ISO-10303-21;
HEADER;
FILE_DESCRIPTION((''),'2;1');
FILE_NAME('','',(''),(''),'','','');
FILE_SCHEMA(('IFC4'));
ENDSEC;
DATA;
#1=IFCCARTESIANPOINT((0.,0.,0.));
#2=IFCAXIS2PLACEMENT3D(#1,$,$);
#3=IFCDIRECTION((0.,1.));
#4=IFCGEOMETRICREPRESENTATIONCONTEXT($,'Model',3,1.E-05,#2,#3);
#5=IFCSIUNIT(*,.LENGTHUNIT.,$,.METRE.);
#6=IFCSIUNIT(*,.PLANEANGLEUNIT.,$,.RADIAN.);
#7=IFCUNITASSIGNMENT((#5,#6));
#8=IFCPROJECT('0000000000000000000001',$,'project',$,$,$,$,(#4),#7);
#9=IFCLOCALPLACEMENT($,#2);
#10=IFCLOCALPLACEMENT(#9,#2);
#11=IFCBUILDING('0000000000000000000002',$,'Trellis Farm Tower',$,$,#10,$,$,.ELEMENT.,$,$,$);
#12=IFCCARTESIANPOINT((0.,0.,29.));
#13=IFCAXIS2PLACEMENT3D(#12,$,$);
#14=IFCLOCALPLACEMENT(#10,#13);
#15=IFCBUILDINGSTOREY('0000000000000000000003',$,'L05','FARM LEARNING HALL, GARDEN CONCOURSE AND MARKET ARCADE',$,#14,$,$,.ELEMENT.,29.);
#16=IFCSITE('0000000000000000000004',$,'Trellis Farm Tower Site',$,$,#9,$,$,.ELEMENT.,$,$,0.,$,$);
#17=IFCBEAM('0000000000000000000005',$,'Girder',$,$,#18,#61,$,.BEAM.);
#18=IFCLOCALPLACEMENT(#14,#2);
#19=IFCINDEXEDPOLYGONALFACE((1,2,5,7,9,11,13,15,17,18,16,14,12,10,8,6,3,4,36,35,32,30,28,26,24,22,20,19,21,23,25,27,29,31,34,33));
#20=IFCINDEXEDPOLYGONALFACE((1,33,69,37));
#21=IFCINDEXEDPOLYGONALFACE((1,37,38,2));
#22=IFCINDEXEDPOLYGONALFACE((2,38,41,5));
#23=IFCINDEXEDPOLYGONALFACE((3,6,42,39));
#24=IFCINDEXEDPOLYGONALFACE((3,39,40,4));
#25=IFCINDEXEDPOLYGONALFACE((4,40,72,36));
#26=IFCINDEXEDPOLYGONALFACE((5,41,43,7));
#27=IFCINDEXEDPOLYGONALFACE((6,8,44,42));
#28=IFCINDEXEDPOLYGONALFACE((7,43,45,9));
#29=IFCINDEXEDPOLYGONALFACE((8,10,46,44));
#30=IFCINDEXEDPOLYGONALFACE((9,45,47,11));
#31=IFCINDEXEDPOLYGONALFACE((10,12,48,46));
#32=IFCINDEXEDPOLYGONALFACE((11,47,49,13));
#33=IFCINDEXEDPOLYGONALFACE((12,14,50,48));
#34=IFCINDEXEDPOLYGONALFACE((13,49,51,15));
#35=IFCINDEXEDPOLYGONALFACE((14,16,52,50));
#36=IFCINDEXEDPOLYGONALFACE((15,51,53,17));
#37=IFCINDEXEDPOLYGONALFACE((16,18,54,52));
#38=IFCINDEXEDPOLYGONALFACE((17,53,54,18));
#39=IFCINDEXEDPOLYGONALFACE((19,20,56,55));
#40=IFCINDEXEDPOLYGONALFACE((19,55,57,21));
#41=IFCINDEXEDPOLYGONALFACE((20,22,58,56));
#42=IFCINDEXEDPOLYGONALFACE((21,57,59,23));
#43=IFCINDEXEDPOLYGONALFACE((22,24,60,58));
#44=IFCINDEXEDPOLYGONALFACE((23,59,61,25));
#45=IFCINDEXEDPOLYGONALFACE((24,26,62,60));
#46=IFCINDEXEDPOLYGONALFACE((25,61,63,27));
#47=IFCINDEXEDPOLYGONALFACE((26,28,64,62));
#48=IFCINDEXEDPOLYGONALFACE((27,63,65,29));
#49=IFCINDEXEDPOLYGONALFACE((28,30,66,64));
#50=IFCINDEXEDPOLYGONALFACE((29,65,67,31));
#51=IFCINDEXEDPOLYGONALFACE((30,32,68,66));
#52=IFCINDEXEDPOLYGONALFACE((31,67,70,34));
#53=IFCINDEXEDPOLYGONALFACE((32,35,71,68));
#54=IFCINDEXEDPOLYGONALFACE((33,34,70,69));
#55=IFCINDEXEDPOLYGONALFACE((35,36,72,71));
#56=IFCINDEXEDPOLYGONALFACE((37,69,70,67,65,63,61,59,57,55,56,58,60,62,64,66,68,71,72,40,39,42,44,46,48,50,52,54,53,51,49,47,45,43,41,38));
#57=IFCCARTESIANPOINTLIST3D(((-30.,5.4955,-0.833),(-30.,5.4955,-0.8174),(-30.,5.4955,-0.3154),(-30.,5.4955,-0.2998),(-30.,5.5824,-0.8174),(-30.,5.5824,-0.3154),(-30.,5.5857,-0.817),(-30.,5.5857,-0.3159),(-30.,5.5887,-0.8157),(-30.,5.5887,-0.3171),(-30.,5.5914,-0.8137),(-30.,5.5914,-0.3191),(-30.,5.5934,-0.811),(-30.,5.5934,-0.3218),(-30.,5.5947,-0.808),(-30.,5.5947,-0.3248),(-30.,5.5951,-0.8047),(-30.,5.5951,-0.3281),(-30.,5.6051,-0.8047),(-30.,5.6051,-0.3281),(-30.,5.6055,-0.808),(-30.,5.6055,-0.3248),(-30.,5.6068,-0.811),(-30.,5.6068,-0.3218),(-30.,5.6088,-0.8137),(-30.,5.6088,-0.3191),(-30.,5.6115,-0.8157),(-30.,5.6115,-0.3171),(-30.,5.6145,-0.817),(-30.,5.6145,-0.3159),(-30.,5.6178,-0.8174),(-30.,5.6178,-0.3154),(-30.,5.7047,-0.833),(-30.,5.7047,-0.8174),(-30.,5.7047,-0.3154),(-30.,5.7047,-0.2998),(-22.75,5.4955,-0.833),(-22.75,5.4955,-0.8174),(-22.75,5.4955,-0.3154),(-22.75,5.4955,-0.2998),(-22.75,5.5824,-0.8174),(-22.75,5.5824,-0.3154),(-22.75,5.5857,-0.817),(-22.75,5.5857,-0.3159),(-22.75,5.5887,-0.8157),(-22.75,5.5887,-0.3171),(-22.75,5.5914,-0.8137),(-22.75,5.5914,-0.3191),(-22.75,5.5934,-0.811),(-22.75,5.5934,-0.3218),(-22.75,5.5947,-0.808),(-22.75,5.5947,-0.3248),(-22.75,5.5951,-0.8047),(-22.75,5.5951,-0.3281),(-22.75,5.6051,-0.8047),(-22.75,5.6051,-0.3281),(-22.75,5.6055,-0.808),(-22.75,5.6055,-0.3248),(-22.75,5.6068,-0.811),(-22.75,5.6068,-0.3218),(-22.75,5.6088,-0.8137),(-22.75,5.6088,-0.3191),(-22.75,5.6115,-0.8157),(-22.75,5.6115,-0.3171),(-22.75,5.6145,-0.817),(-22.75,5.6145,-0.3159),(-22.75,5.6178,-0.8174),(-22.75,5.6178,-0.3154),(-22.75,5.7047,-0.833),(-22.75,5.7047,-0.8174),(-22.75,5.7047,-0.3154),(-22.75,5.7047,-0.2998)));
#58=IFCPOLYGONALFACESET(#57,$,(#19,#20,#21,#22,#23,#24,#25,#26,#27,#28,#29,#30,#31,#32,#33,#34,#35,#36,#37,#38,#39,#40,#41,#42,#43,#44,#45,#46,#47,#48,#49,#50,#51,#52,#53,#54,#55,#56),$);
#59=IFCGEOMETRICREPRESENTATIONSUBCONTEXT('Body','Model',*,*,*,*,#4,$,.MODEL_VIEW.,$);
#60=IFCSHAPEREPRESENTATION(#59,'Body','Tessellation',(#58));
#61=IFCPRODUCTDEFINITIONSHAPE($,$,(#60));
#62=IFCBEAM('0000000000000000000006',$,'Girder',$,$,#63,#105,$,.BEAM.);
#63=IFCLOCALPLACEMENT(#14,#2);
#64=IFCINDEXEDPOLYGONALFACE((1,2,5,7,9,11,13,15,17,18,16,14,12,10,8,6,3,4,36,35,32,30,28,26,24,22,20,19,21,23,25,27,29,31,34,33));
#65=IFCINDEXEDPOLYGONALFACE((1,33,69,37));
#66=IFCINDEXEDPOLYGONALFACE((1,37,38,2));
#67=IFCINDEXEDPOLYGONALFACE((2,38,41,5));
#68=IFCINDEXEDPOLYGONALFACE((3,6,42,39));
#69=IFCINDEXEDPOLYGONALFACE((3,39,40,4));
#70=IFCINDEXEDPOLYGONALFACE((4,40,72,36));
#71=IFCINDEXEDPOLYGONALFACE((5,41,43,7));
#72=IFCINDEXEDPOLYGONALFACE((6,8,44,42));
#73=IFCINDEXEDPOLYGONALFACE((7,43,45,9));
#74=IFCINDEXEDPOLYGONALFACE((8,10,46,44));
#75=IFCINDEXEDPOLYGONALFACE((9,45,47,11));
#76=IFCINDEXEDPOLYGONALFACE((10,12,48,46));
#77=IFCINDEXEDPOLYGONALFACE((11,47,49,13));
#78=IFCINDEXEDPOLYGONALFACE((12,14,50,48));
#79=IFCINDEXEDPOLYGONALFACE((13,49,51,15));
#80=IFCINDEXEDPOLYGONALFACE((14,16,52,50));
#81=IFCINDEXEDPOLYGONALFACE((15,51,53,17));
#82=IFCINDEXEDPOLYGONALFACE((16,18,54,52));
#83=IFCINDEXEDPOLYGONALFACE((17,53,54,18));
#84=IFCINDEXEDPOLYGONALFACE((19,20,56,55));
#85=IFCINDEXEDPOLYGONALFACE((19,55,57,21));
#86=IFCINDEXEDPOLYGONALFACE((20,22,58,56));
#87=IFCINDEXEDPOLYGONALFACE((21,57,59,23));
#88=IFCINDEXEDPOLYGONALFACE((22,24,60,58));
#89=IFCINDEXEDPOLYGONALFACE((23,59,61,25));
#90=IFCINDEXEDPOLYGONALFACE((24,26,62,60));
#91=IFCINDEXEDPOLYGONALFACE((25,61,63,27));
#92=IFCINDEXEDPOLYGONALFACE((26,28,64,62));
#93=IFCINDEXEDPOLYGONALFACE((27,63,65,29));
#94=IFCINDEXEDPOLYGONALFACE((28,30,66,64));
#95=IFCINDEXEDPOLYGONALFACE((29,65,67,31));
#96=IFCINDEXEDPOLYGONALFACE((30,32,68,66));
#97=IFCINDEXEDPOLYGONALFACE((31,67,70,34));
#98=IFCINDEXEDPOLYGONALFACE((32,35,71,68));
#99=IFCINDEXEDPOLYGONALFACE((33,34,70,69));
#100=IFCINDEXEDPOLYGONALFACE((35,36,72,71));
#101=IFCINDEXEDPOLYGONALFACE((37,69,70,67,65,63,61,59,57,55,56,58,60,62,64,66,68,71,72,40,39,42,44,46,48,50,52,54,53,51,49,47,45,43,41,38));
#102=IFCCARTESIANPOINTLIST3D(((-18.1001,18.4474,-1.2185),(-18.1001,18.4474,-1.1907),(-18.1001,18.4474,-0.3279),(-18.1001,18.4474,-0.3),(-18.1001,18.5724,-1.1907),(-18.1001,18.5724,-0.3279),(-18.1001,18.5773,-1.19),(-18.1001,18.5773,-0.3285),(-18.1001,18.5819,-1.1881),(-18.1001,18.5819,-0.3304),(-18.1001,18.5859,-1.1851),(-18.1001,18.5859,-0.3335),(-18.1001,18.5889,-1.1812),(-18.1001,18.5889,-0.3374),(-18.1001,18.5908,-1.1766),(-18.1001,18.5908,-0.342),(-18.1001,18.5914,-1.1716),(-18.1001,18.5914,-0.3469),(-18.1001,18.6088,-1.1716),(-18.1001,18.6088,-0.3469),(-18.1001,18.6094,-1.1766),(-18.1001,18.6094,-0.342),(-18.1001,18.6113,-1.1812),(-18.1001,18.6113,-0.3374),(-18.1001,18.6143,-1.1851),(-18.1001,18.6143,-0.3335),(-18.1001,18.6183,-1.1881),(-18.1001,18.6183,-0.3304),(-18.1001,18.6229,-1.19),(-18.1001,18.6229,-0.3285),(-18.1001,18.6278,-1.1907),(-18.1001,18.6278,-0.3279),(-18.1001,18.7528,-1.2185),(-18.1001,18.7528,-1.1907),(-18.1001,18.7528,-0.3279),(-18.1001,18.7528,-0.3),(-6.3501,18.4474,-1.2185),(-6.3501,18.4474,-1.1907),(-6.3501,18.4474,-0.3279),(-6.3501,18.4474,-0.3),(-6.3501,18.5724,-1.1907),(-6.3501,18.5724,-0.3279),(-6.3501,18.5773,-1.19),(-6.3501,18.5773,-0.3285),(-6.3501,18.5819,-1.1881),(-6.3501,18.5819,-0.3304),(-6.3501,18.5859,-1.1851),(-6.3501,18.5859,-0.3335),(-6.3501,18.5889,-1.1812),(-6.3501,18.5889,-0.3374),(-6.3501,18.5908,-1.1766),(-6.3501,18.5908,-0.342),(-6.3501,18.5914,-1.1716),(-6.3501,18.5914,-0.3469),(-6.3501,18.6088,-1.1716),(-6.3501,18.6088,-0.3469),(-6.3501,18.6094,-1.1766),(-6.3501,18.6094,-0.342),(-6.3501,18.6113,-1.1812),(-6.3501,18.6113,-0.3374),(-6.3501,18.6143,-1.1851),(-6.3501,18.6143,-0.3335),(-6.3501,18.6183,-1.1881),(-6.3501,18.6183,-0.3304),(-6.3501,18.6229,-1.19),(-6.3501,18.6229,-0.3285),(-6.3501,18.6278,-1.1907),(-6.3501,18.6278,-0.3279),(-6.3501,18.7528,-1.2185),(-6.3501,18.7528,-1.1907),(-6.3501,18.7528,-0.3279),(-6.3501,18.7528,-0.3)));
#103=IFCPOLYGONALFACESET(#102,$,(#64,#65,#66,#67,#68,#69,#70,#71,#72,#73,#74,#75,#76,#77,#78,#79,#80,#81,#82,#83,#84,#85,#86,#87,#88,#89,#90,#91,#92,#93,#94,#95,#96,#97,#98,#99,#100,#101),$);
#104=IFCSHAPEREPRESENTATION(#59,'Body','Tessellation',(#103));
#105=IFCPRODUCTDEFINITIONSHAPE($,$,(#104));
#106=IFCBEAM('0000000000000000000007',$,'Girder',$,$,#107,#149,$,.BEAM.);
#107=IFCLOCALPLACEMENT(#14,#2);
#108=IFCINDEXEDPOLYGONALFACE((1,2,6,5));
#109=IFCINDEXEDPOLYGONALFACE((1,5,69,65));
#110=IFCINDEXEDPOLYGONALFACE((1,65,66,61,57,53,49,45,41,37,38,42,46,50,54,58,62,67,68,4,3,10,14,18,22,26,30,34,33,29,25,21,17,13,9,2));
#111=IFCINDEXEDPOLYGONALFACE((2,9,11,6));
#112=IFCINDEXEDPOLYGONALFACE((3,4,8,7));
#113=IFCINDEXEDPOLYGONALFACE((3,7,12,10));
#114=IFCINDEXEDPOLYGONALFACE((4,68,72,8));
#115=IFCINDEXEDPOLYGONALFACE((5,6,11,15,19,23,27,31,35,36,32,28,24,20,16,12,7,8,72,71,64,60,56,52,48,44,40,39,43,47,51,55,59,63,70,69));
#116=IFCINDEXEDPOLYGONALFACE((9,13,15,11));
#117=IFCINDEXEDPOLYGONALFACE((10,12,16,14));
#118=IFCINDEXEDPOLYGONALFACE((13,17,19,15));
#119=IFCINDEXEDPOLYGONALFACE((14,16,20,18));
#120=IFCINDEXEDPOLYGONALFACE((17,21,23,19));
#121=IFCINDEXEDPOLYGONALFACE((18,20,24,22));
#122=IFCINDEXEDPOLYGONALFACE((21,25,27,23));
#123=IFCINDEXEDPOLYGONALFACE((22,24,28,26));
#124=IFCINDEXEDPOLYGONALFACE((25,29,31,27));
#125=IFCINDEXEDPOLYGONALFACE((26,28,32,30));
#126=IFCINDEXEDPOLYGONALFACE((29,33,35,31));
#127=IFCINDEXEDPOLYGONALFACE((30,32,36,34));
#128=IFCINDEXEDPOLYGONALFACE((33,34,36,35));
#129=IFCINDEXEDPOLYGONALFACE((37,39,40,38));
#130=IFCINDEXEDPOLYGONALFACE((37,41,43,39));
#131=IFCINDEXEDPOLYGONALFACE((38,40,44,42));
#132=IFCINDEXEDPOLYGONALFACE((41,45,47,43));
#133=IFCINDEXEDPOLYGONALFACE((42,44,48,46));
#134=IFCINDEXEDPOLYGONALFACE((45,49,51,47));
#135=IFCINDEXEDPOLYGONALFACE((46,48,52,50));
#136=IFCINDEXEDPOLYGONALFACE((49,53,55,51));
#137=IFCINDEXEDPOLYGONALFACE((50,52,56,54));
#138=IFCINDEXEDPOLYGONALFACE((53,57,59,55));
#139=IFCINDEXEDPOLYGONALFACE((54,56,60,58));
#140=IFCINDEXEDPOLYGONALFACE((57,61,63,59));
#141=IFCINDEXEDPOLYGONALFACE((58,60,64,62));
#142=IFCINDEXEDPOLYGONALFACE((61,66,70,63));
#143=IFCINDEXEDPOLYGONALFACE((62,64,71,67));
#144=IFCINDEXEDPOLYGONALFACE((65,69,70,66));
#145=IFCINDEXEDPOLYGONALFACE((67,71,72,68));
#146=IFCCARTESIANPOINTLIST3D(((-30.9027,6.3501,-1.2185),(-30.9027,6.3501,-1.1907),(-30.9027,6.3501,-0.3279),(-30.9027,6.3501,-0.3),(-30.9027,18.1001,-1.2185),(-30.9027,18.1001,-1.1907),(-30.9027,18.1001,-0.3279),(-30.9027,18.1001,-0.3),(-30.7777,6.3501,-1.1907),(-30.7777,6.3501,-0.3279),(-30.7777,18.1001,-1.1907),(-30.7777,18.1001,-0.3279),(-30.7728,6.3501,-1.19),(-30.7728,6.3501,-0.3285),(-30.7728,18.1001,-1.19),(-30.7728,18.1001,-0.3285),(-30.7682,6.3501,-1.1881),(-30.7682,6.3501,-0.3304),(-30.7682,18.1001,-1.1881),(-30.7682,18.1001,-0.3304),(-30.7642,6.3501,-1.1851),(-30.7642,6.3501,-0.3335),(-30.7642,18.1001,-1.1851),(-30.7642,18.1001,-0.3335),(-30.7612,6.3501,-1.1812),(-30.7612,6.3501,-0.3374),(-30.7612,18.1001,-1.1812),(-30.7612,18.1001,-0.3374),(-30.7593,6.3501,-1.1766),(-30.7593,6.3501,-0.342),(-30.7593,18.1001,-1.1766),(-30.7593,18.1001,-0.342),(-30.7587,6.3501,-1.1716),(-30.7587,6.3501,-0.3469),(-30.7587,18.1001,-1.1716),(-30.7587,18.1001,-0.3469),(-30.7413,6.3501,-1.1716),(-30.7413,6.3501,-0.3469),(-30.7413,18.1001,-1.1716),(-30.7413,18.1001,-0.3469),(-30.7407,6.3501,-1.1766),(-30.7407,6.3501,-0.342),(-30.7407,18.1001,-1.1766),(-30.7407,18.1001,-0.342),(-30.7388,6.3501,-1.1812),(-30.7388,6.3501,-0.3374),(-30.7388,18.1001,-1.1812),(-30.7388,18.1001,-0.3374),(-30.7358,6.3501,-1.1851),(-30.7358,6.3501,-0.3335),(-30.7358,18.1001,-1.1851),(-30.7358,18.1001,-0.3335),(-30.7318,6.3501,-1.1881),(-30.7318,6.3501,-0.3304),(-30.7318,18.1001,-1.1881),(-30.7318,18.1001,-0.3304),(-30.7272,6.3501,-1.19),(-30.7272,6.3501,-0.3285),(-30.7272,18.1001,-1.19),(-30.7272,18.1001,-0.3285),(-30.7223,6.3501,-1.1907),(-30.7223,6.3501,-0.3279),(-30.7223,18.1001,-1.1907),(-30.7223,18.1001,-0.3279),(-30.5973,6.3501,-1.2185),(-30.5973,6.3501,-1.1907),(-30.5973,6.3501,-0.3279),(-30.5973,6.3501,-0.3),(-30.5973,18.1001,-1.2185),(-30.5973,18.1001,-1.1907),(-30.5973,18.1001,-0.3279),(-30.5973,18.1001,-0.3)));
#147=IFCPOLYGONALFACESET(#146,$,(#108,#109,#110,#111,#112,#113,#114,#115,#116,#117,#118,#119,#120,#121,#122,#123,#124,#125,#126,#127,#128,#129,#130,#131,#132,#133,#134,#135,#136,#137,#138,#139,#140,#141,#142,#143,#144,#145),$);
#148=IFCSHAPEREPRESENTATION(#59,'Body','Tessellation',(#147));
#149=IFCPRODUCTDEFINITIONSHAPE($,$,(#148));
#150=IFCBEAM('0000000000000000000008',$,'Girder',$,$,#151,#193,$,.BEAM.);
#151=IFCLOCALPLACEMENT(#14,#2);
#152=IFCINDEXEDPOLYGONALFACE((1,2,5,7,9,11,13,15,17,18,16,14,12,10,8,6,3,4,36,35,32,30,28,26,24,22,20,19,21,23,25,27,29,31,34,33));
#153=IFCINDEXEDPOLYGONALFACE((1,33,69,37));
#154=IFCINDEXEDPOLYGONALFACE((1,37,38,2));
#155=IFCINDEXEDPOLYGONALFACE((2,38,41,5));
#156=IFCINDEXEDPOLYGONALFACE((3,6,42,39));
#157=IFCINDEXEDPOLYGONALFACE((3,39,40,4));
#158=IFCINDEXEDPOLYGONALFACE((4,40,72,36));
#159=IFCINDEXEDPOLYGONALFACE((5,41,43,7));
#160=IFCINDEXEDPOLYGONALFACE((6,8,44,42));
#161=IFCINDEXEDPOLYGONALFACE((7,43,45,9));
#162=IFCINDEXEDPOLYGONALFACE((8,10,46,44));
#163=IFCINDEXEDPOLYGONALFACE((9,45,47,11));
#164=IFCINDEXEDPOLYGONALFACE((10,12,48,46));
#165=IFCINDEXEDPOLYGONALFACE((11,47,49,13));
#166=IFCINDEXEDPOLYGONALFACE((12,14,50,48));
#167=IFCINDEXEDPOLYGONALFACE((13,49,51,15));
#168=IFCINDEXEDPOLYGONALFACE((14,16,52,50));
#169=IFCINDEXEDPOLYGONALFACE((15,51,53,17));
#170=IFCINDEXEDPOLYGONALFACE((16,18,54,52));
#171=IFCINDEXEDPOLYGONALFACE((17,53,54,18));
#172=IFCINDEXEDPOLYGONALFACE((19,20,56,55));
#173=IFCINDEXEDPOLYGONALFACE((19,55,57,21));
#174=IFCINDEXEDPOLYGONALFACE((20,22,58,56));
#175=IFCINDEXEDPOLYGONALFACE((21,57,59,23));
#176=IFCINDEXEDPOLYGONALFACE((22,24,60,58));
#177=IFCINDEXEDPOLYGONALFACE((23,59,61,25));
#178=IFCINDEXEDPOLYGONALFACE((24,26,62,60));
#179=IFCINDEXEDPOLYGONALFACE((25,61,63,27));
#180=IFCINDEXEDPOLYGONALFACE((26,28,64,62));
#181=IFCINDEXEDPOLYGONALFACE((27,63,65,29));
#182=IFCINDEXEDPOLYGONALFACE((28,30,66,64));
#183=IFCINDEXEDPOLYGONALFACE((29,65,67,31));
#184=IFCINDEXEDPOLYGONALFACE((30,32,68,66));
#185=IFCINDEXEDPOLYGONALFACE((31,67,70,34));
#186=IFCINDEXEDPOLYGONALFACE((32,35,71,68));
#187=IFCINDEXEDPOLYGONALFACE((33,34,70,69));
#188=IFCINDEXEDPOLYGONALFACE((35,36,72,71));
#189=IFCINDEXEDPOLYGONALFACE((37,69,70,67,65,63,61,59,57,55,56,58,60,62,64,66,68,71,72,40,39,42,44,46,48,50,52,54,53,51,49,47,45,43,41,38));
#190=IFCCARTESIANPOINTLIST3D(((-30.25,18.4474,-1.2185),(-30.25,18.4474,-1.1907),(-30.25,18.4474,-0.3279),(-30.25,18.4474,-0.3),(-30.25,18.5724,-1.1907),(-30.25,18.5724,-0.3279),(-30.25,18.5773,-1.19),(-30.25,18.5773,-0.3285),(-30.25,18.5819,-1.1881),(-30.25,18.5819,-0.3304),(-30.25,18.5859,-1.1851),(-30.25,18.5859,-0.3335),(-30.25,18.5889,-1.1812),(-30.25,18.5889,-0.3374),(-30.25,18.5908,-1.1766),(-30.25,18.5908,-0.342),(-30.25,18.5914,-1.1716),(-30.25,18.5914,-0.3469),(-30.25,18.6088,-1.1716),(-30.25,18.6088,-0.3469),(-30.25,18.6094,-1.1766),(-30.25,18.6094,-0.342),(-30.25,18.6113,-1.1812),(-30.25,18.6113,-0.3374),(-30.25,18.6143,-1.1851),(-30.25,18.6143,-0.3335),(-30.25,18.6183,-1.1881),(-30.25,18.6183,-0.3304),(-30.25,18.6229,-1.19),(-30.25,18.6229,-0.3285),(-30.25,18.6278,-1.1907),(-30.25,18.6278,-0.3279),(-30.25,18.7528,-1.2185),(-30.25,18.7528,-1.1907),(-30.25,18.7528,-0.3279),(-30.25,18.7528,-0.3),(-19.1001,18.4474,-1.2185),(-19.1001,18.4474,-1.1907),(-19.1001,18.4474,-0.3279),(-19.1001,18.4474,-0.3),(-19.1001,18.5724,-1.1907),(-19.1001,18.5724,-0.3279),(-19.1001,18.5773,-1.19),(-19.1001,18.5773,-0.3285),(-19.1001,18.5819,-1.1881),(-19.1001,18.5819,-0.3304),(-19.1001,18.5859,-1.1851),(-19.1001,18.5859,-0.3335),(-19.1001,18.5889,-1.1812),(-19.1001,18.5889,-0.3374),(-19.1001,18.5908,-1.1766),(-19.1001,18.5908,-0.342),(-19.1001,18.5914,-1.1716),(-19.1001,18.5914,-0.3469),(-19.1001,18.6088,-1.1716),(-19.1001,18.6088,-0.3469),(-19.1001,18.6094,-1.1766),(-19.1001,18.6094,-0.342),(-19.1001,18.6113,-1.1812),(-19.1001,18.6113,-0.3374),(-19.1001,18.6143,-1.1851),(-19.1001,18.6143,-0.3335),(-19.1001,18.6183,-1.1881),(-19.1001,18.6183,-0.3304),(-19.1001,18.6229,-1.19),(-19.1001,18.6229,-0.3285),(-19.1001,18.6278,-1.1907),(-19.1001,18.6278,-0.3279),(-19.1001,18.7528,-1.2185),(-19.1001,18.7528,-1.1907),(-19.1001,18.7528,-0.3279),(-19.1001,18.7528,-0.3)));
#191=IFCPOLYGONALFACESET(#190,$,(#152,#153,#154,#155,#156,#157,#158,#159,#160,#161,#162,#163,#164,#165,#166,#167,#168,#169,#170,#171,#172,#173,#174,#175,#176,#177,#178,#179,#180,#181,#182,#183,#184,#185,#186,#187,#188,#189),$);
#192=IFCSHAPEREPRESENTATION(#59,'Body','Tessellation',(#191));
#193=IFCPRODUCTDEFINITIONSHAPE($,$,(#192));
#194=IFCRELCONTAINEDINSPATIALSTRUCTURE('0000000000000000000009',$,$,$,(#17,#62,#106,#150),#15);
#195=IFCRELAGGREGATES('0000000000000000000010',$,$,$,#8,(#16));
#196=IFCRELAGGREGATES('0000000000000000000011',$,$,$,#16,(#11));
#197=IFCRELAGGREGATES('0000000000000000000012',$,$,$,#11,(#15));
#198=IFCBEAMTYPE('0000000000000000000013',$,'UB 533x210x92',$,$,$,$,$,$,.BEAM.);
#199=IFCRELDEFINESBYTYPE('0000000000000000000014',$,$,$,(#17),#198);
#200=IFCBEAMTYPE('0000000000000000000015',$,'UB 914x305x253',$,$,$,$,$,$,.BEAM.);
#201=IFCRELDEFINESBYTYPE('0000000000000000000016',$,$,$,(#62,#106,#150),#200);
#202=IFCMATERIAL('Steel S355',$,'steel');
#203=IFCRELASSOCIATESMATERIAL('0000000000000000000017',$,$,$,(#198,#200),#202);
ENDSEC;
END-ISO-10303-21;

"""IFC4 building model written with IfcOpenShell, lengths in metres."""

from ifc_helpers import new_model, si_unit, direction, frame, origin, origin_2d, place, context, subcontext, project, spatial, i_section, extrude, source, transform, mapped, material, material_profile, profile_set, type_object, element, save


model = new_model("IFC4")

# Units and contexts
model_context = context("Model", 3, precision=1e-05, world=origin(), true_north=direction((0.0, 1.0)))
body_context = subcontext(model_context, "Body", "Model", "MODEL_VIEW")
ifc_project = project(units=[si_unit("LENGTHUNIT", "METRE"), si_unit("PLANEANGLEUNIT", "RADIAN")], contexts=[model_context])

# Site, building, storey
site_placement = place(None, origin())
site = spatial("IfcSite", under=ifc_project, at=site_placement, Name="Trellis Farm Tower Site", CompositionType="ELEMENT", RefElevation=0.0)
building_placement = place(site_placement, origin())
building = spatial("IfcBuilding", under=site, at=building_placement, Name="Trellis Farm Tower", CompositionType="ELEMENT")
storey_placement = place(building_placement, frame((0.0, 0.0, 29.0)))
storey = spatial("IfcBuildingStorey", under=building, at=storey_placement, Name="L05", Description="FARM LEARNING HALL, GARDEN CONCOURSE AND MARKET ARCADE", CompositionType="ELEMENT", Elevation=29.0)

# Beams
ifc_material_1 = material(Name="Steel S355", Category="steel")
ifc_material_profile_1 = material_profile(ifc_material_1, i_section(OverallWidth=0.2092, OverallDepth=0.5332, WebThickness=0.01, FlangeThickness=0.0156, FilletRadius=0.0127, at=origin_2d()), Name="UB 533x210x92")
ifc_profile_set_1 = profile_set([ifc_material_profile_1], Name="Steel S355")
beam_type_1 = type_object("IfcBeamType", Name="UB 533x210x92", PredefinedType="BEAM", material=ifc_profile_set_1)
shared_shape_1 = source(origin(), body_context, "Body", "SweptSolid", [
    extrude(i_section(OverallWidth=0.2092, OverallDepth=0.5332, WebThickness=0.01, FlangeThickness=0.0156, FilletRadius=0.0127, at=origin_2d()), origin(), (0.0, 0.0, 1.0), 7.25),
])
beam_1_placement = place(storey_placement, frame((-30.0, 5.6001, -0.5664), z_axis=(1.0, 0.0, 0.0), x_axis=(0.0, 1.0, 0.0)))
element("IfcBeam", 1, at=beam_1_placement, inside=storey, type_object=beam_type_1, Name="Girder", PredefinedType="BEAM", context=body_context, shape_type="MappedRepresentation", body=[
    mapped(shared_shape_1, transform((0.0, 0.0, 0.0))),
])
ifc_material_profile_2 = material_profile(ifc_material_1, i_section(OverallWidth=0.3054, OverallDepth=0.9185, WebThickness=0.0173, FlangeThickness=0.0278, FilletRadius=0.019, at=origin_2d()), Name="UB 914x305x253")
ifc_profile_set_2 = profile_set([ifc_material_profile_2], Name="Steel S355")
beam_type_2 = type_object("IfcBeamType", Name="UB 914x305x253", PredefinedType="BEAM", material=ifc_profile_set_2)
shared_shape_2 = source(origin(), body_context, "Body", "SweptSolid", [
    extrude(i_section(OverallWidth=0.3054, OverallDepth=0.9185, WebThickness=0.0173, FlangeThickness=0.0278, FilletRadius=0.019, at=origin_2d()), origin(), (0.0, 0.0, 1.0), 11.75),
])
for number, where, z_axis, x_axis, name in (
    (2, (-18.1001, 18.6001, -0.7593), (1.0, 0.0, 0.0), (0.0, 1.0, 0.0), "Girder"),
    (3, (-30.75, 6.3501, -0.7593), (0.0, 1.0, 0.0), (-1.0, 0.0, 0.0), "Girder"),
):
    element("IfcBeam", number, at=place(storey_placement, frame(where, z_axis=z_axis, x_axis=x_axis)), inside=storey, type_object=beam_type_2, Name=name, PredefinedType="BEAM", context=body_context, shape_type="MappedRepresentation", body=[
        mapped(shared_shape_2, transform((0.0, 0.0, 0.0))),
    ])
shared_shape_3 = source(origin(), body_context, "Body", "SweptSolid", [
    extrude(i_section(OverallWidth=0.3054, OverallDepth=0.9185, WebThickness=0.0173, FlangeThickness=0.0278, FilletRadius=0.019, at=origin_2d()), origin(), (0.0, 0.0, 1.0), 11.1499),
])
beam_2_placement = place(storey_placement, frame((-30.25, 18.6001, -0.7593), z_axis=(1.0, 0.0, 0.0), x_axis=(0.0, 1.0, 0.0)))
element("IfcBeam", 4, at=beam_2_placement, inside=storey, type_object=beam_type_2, Name="Girder", PredefinedType="BEAM", context=body_context, shape_type="MappedRepresentation", body=[
    mapped(shared_shape_3, transform((0.0, 0.0, 0.0))),
])

save(model, "model.ifc")
